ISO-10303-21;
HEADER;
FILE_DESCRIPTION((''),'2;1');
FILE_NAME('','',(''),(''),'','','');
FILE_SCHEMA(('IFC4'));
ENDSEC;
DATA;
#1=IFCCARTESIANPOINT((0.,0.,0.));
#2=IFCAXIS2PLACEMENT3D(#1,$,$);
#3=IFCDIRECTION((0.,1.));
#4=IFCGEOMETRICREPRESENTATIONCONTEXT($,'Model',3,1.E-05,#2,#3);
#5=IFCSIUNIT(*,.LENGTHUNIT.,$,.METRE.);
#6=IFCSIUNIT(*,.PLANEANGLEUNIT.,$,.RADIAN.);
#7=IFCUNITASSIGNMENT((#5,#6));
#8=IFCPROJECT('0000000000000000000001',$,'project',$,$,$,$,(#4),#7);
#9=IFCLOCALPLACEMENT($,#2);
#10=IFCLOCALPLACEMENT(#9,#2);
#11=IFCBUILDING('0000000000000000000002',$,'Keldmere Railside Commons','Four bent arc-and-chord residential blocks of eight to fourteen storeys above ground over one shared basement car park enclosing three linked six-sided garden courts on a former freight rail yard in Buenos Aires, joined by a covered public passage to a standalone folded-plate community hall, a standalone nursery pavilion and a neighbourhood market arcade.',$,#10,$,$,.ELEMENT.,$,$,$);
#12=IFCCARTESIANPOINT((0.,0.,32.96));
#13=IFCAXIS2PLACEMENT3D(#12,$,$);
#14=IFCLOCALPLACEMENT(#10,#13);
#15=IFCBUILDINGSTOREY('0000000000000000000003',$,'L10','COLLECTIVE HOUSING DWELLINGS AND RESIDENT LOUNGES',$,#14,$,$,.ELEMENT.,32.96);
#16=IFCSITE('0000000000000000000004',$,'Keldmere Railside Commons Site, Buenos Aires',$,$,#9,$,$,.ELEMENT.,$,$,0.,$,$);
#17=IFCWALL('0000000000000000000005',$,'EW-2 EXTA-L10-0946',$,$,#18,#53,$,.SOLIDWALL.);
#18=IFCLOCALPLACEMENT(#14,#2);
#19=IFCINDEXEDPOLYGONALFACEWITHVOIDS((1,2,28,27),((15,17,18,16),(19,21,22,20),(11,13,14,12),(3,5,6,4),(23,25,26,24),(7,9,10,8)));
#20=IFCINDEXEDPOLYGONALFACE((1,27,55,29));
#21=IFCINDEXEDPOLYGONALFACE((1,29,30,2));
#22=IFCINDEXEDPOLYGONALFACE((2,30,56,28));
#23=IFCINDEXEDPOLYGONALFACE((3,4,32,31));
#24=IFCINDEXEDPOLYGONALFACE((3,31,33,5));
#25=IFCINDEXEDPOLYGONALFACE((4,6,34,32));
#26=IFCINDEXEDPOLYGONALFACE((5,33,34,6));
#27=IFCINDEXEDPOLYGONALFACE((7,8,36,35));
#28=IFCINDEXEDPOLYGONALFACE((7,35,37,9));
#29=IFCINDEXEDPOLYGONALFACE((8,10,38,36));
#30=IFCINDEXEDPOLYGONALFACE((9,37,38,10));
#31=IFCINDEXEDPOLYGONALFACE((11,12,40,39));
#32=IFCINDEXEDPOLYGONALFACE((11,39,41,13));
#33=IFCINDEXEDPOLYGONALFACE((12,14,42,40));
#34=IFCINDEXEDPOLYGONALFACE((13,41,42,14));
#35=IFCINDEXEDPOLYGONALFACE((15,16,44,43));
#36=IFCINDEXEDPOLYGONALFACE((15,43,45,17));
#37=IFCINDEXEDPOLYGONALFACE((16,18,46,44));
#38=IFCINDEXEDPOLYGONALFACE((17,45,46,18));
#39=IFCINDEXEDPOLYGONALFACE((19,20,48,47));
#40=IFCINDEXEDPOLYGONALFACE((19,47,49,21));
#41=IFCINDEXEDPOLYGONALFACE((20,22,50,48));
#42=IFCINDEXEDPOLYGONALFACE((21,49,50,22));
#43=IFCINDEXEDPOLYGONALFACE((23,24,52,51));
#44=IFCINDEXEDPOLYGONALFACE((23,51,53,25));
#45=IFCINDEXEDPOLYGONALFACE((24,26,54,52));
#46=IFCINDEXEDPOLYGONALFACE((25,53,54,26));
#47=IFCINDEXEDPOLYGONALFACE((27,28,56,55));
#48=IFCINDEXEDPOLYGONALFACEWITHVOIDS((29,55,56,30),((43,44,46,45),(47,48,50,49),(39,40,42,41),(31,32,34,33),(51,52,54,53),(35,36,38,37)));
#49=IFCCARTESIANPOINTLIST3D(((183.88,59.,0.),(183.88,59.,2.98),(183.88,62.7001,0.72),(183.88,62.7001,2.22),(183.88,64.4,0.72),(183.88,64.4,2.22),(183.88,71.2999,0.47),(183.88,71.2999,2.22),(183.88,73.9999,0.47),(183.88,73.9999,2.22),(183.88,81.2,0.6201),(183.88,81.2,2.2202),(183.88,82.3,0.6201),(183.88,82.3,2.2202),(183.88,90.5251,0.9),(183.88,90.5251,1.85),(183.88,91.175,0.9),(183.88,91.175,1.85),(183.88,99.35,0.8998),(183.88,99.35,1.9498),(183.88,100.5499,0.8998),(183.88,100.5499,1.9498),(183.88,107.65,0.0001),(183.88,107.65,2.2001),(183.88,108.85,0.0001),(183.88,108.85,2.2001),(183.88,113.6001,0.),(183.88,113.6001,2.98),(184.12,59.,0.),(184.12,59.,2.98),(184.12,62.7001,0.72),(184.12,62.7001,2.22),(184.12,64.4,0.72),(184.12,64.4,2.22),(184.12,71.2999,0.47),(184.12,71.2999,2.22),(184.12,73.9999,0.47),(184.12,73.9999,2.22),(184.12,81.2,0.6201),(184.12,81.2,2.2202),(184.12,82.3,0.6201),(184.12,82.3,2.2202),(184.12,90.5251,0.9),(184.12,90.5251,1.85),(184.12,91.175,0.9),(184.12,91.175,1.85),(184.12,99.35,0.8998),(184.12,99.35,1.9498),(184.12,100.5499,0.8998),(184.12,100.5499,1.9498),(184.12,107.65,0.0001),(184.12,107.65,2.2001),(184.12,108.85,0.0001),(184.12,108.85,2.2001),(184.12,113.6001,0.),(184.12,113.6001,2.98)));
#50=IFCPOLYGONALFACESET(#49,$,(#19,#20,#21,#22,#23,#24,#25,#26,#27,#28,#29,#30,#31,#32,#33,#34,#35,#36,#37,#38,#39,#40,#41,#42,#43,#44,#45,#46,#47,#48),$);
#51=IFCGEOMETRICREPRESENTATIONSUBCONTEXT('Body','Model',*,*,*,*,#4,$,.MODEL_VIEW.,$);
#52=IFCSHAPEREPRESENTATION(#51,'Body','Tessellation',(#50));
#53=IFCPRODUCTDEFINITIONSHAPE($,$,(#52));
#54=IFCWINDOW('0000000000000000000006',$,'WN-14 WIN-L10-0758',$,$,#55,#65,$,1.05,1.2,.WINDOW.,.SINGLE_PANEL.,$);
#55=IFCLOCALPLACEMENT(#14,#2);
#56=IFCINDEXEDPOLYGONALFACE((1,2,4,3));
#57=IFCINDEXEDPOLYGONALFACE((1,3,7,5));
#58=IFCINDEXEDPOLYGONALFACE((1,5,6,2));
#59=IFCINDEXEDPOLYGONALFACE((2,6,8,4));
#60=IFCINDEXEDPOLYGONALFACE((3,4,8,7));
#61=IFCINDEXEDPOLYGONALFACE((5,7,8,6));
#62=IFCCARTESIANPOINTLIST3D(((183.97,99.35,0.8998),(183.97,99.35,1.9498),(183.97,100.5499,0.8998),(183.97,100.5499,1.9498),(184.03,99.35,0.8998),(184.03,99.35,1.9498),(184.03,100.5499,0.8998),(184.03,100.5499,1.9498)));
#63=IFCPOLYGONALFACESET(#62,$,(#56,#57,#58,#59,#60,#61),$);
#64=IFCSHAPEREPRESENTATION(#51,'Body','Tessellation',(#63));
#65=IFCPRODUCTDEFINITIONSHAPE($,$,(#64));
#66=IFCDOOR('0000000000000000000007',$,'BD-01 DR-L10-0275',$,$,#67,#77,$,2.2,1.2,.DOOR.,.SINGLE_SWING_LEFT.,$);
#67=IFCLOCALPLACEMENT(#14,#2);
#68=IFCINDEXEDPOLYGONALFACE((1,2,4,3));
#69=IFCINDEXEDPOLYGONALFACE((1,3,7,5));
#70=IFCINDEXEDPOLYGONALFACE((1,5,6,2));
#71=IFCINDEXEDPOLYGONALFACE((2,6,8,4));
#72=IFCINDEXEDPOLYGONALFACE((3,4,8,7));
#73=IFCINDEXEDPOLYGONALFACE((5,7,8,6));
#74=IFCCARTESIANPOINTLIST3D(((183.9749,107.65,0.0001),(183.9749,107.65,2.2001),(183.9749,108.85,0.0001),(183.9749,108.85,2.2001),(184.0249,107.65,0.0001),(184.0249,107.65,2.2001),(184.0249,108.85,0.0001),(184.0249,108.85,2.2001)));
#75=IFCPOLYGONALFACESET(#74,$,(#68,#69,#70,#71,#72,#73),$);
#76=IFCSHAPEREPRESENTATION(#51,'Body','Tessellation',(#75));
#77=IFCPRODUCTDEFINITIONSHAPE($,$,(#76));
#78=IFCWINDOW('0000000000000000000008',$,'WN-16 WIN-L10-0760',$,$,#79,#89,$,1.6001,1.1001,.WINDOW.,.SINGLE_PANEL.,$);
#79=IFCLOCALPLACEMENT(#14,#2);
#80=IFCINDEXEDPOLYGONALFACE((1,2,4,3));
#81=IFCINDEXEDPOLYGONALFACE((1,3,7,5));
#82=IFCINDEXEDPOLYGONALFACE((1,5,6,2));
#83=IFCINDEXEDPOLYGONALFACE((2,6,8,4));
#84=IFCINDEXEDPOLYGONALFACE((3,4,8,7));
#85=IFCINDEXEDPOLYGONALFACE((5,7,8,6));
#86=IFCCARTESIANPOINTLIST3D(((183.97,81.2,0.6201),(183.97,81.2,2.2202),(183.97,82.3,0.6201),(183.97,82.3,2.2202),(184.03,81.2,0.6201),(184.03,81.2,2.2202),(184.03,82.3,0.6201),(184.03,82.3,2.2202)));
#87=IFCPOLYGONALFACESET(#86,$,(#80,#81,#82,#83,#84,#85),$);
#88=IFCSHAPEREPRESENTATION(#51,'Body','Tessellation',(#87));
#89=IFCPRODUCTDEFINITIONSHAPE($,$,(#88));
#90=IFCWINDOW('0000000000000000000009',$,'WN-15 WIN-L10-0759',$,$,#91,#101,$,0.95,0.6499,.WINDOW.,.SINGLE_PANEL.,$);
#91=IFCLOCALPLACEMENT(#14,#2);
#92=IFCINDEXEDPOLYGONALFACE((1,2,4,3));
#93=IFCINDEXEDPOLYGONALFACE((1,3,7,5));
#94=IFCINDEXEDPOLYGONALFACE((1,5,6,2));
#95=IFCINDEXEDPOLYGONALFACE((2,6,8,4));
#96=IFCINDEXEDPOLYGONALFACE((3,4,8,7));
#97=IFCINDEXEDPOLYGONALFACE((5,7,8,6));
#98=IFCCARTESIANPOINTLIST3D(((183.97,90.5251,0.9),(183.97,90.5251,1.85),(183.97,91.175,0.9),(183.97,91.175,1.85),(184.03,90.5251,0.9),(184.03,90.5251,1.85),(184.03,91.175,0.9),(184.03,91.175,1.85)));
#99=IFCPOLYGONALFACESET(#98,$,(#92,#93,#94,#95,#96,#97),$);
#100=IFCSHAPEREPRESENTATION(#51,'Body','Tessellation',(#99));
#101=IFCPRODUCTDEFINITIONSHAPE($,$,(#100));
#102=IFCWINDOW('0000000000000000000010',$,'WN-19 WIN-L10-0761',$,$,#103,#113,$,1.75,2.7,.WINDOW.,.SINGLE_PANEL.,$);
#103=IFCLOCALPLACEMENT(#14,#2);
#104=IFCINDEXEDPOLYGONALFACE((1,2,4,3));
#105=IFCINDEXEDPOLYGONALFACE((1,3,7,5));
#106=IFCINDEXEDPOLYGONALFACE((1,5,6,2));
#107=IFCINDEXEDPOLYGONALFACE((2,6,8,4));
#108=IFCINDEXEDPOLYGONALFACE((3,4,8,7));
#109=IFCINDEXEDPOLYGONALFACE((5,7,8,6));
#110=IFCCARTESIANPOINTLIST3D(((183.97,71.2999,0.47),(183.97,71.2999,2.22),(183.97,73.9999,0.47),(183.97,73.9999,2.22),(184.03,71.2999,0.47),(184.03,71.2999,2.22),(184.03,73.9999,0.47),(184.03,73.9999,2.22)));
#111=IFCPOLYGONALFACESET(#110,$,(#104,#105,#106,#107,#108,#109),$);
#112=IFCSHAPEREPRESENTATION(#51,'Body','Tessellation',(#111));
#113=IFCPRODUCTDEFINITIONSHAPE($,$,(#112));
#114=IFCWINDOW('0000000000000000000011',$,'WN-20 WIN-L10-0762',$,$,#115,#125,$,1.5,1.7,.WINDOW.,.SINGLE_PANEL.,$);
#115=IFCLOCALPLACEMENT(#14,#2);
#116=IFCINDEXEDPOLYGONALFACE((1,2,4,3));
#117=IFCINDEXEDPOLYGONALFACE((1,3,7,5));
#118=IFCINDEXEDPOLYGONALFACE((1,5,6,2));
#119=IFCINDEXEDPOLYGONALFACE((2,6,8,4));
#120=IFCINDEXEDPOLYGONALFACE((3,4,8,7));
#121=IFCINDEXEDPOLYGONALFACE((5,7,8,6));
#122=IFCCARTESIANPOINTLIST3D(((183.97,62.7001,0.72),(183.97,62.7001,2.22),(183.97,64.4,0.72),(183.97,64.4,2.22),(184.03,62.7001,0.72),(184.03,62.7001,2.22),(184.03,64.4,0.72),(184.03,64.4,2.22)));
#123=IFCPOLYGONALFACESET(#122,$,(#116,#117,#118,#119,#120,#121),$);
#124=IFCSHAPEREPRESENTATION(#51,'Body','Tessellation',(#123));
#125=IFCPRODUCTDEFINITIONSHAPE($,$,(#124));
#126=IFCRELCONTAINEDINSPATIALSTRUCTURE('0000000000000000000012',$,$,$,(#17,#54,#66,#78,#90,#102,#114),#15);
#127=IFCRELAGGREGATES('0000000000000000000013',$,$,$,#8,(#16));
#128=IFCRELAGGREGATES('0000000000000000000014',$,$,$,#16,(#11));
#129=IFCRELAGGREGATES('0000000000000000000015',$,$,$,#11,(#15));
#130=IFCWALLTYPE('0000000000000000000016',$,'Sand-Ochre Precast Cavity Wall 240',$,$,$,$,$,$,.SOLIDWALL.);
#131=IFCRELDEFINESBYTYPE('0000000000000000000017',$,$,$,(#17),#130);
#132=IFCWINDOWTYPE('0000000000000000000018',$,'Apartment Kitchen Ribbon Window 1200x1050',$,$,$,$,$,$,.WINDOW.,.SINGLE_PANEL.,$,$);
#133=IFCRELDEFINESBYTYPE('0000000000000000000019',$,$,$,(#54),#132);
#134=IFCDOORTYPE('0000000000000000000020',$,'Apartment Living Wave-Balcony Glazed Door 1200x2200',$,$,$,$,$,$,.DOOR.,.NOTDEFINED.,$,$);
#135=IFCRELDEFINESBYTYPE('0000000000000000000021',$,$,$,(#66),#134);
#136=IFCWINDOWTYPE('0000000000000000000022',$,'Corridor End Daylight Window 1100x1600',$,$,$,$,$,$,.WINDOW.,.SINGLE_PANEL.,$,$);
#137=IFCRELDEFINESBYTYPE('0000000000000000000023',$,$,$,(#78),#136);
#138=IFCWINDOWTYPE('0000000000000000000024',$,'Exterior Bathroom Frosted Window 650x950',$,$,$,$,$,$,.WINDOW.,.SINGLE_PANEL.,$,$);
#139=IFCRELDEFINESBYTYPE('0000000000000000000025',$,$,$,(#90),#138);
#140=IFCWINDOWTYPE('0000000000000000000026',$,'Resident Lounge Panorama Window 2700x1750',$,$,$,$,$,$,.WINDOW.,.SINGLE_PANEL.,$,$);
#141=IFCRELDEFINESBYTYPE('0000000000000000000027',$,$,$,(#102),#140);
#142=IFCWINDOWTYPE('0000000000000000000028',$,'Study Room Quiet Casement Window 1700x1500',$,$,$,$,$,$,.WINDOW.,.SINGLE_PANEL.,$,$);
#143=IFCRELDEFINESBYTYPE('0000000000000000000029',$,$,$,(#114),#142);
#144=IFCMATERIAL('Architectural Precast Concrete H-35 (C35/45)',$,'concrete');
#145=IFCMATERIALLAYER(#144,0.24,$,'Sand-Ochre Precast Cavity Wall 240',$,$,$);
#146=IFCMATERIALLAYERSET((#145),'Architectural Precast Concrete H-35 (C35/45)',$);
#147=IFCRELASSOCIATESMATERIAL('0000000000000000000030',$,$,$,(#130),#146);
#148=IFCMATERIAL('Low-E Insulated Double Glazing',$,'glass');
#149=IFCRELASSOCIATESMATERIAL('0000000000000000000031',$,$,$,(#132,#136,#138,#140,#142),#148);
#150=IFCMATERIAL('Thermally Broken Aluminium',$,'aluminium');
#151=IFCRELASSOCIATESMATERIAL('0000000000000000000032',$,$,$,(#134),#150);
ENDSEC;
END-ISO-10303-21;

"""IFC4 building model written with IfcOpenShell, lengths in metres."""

from ifc_helpers import new_model, si_unit, direction, frame, frame_2d, origin, place, context, subcontext, project, spatial, rectangle, extrude, material, layer, layer_set, type_object, element, fill, save


model = new_model("IFC4")

# Units and contexts
model_context = context("Model", 3, precision=1e-05, world=origin(), true_north=direction((0.0, 1.0)))
body_context = subcontext(model_context, "Body", "Model", "MODEL_VIEW")
ifc_project = project(units=[si_unit("LENGTHUNIT", "METRE"), si_unit("PLANEANGLEUNIT", "RADIAN")], contexts=[model_context])

# Site, building, storey
site_placement = place(None, origin())
site = spatial("IfcSite", under=ifc_project, at=site_placement, Name="Keldmere Railside Commons Site, Buenos Aires", CompositionType="ELEMENT", RefElevation=0.0)
building_placement = place(site_placement, origin())
building = spatial("IfcBuilding", under=site, at=building_placement, Name="Keldmere Railside Commons", Description="Four bent arc-and-chord residential blocks of eight to fourteen storeys above ground over one shared basement car park enclosing three linked six-sided garden courts on a former freight rail yard in Buenos Aires, joined by a covered public passage to a standalone folded-plate community hall, a standalone nursery pavilion and a neighbourhood market arcade.", CompositionType="ELEMENT")
storey_placement = place(building_placement, frame((0.0, 0.0, 32.96)))
storey = spatial("IfcBuildingStorey", under=building, at=storey_placement, Name="L10", Description="COLLECTIVE HOUSING DWELLINGS AND RESIDENT LOUNGES", CompositionType="ELEMENT", Elevation=32.96)

# Wall, openings, windows, door
ifc_material_1 = material(Name="Architectural Precast Concrete H-35 (C35/45)", Category="concrete")
ifc_layer = layer(ifc_material_1, 0.24, Name="Sand-Ochre Precast Cavity Wall 240")
ifc_layer_set = layer_set([ifc_layer], Name="Architectural Precast Concrete H-35 (C35/45)")
wall_type = type_object("IfcWallType", Name="Sand-Ochre Precast Cavity Wall 240", PredefinedType="SOLIDWALL", material=ifc_layer_set)
wall_placement = place(storey_placement, frame((184.0, 113.6001, 0.0), z_axis=(0.0, 0.0, 1.0), x_axis=(0.0, -1.0, 0.0)))
wall = element("IfcWall", 1, at=wall_placement, inside=storey, type_object=wall_type, Name="EW-2 EXTA-L10-0946", PredefinedType="SOLIDWALL", context=body_context, shape_type="SweptSolid", body=[
    extrude(rectangle(XDim=54.6001, YDim=0.24, at=frame_2d((27.3, 0.0))), origin(), (0.0, 0.0, 1.0), 2.98),
])
opening_1_placement = place(wall_placement, frame((4.75, 0.0, 0.0)))
opening_1 = element("IfcOpeningElement", 2, at=opening_1_placement, cuts=wall, PredefinedType="OPENING", context=body_context, shape_type="SweptSolid", body=[
    extrude(rectangle(XDim=1.2, YDim=2.2, at=frame_2d((0.6001, 1.1001))), frame((0.0, 0.1299, 0.0), z_axis=(0.0, -1.0, 0.0), x_axis=(1.0, 0.0, 0.0)), (0.0, 0.0, 1.0), 0.26),
])
opening_2_placement = place(wall_placement, frame((13.05, 0.0, 0.8999)))
opening_2 = element("IfcOpeningElement", 3, at=opening_2_placement, cuts=wall, PredefinedType="OPENING", context=body_context, shape_type="SweptSolid", body=[
    extrude(rectangle(XDim=1.2, YDim=1.05, at=frame_2d((0.6001, 0.5249))), frame((0.0, 0.1299, 0.0), z_axis=(0.0, -1.0, 0.0), x_axis=(1.0, 0.0, 0.0)), (0.0, 0.0, 1.0), 0.26),
])
opening_3_placement = place(wall_placement, frame((22.425, 0.0, 0.8999)))
opening_3 = element("IfcOpeningElement", 4, at=opening_3_placement, cuts=wall, PredefinedType="OPENING", context=body_context, shape_type="SweptSolid", body=[
    extrude(rectangle(XDim=0.6499, YDim=0.95, at=frame_2d((0.325, 0.4751))), frame((0.0, 0.1299, 0.0), z_axis=(0.0, -1.0, 0.0), x_axis=(1.0, 0.0, 0.0)), (0.0, 0.0, 1.0), 0.26),
])
opening_4_placement = place(wall_placement, frame((31.3, 0.0, 0.6201)))
opening_4 = element("IfcOpeningElement", 5, at=opening_4_placement, cuts=wall, PredefinedType="OPENING", context=body_context, shape_type="SweptSolid", body=[
    extrude(rectangle(XDim=1.1001, YDim=1.6001, at=frame_2d((0.55, 0.8))), frame((0.0, 0.1299, 0.0), z_axis=(0.0, -1.0, 0.0), x_axis=(1.0, 0.0, 0.0)), (0.0, 0.0, 1.0), 0.26),
])
opening_5_placement = place(wall_placement, frame((39.6001, 0.0, 0.47)))
opening_5 = element("IfcOpeningElement", 6, at=opening_5_placement, cuts=wall, PredefinedType="OPENING", context=body_context, shape_type="SweptSolid", body=[
    extrude(rectangle(XDim=2.7, YDim=1.75, at=frame_2d((1.3501, 0.875))), frame((0.0, 0.1299, 0.0), z_axis=(0.0, -1.0, 0.0), x_axis=(1.0, 0.0, 0.0)), (0.0, 0.0, 1.0), 0.26),
])
opening_6_placement = place(wall_placement, frame((49.2, 0.0, 0.72)))
opening_6 = element("IfcOpeningElement", 7, at=opening_6_placement, cuts=wall, PredefinedType="OPENING", context=body_context, shape_type="SweptSolid", body=[
    extrude(rectangle(XDim=1.7, YDim=1.5, at=frame_2d((0.8501, 0.75))), frame((0.0, 0.1299, 0.0), z_axis=(0.0, -1.0, 0.0), x_axis=(1.0, 0.0, 0.0)), (0.0, 0.0, 1.0), 0.26),
])
ifc_material_2 = material(Name="Low-E Insulated Double Glazing", Category="glass")
window_type_1 = type_object("IfcWindowType", Name="Apartment Kitchen Ribbon Window 1200x1050", PartitioningType="SINGLE_PANEL", PredefinedType="WINDOW", material=ifc_material_2)
window_1_placement = place(opening_2_placement, origin())
window_1 = element("IfcWindow", 8, at=window_1_placement, inside=storey, type_object=window_type_1, Name="WN-14 WIN-L10-0758", OverallHeight=1.05, OverallWidth=1.2, PartitioningType="SINGLE_PANEL", PredefinedType="WINDOW", context=body_context, shape_type="SweptSolid", body=[
    extrude(rectangle(XDim=1.2, YDim=1.05, at=frame_2d((0.6001, 0.5249))), frame((0.0, 0.03, 0.0), z_axis=(0.0, -1.0, 0.0), x_axis=(1.0, 0.0, 0.0)), (0.0, 0.0, 1.0), 0.0601),
])
fill(opening_2, window_1)
ifc_material_3 = material(Name="Thermally Broken Aluminium", Category="aluminium")
door_type = type_object("IfcDoorType", Name="Apartment Living Wave-Balcony Glazed Door 1200x2200", OperationType="NOTDEFINED", PredefinedType="DOOR", material=ifc_material_3)
door_placement = place(opening_1_placement, origin())
door = element("IfcDoor", 9, at=door_placement, inside=storey, type_object=door_type, Name="BD-01 DR-L10-0275", OperationType="SINGLE_SWING_LEFT", OverallHeight=2.2, OverallWidth=1.2, PredefinedType="DOOR", context=body_context, shape_type="SweptSolid", body=[
    extrude(rectangle(XDim=1.2, YDim=2.2, at=frame_2d((0.6001, 1.1001))), frame((0.0, 0.0249, 0.0), z_axis=(0.0, -1.0, 0.0), x_axis=(1.0, 0.0, 0.0)), (0.0, 0.0, 1.0), 0.05),
])
fill(opening_1, door)
window_type_2 = type_object("IfcWindowType", Name="Corridor End Daylight Window 1100x1600", PartitioningType="SINGLE_PANEL", PredefinedType="WINDOW", material=ifc_material_2)
window_2_placement = place(opening_4_placement, origin())
window_2 = element("IfcWindow", 10, at=window_2_placement, inside=storey, type_object=window_type_2, Name="WN-16 WIN-L10-0760", OverallHeight=1.6001, OverallWidth=1.1001, PartitioningType="SINGLE_PANEL", PredefinedType="WINDOW", context=body_context, shape_type="SweptSolid", body=[
    extrude(rectangle(XDim=1.1001, YDim=1.6001, at=frame_2d((0.55, 0.8))), frame((0.0, 0.03, 0.0), z_axis=(0.0, -1.0, 0.0), x_axis=(1.0, 0.0, 0.0)), (0.0, 0.0, 1.0), 0.0601),
])
fill(opening_4, window_2)
window_type_3 = type_object("IfcWindowType", Name="Exterior Bathroom Frosted Window 650x950", PartitioningType="SINGLE_PANEL", PredefinedType="WINDOW", material=ifc_material_2)
window_3_placement = place(opening_3_placement, origin())
window_3 = element("IfcWindow", 11, at=window_3_placement, inside=storey, type_object=window_type_3, Name="WN-15 WIN-L10-0759", OverallHeight=0.95, OverallWidth=0.6499, PartitioningType="SINGLE_PANEL", PredefinedType="WINDOW", context=body_context, shape_type="SweptSolid", body=[
    extrude(rectangle(XDim=0.6499, YDim=0.95, at=frame_2d((0.325, 0.4751))), frame((0.0, 0.03, 0.0), z_axis=(0.0, -1.0, 0.0), x_axis=(1.0, 0.0, 0.0)), (0.0, 0.0, 1.0), 0.0601),
])
fill(opening_3, window_3)
window_type_4 = type_object("IfcWindowType", Name="Resident Lounge Panorama Window 2700x1750", PartitioningType="SINGLE_PANEL", PredefinedType="WINDOW", material=ifc_material_2)
window_4_placement = place(opening_5_placement, origin())
window_4 = element("IfcWindow", 12, at=window_4_placement, inside=storey, type_object=window_type_4, Name="WN-19 WIN-L10-0761", OverallHeight=1.75, OverallWidth=2.7, PartitioningType="SINGLE_PANEL", PredefinedType="WINDOW", context=body_context, shape_type="SweptSolid", body=[
    extrude(rectangle(XDim=2.7, YDim=1.75, at=frame_2d((1.3501, 0.875))), frame((0.0, 0.03, 0.0), z_axis=(0.0, -1.0, 0.0), x_axis=(1.0, 0.0, 0.0)), (0.0, 0.0, 1.0), 0.0601),
])
fill(opening_5, window_4)
window_type_5 = type_object("IfcWindowType", Name="Study Room Quiet Casement Window 1700x1500", PartitioningType="SINGLE_PANEL", PredefinedType="WINDOW", material=ifc_material_2)
window_5_placement = place(opening_6_placement, origin())
window_5 = element("IfcWindow", 13, at=window_5_placement, inside=storey, type_object=window_type_5, Name="WN-20 WIN-L10-0762", OverallHeight=1.5, OverallWidth=1.7, PartitioningType="SINGLE_PANEL", PredefinedType="WINDOW", context=body_context, shape_type="SweptSolid", body=[
    extrude(rectangle(XDim=1.7, YDim=1.5, at=frame_2d((0.8501, 0.75))), frame((0.0, 0.03, 0.0), z_axis=(0.0, -1.0, 0.0), x_axis=(1.0, 0.0, 0.0)), (0.0, 0.0, 1.0), 0.0601),
])
fill(opening_6, window_5)

save(model, "model.ifc")
